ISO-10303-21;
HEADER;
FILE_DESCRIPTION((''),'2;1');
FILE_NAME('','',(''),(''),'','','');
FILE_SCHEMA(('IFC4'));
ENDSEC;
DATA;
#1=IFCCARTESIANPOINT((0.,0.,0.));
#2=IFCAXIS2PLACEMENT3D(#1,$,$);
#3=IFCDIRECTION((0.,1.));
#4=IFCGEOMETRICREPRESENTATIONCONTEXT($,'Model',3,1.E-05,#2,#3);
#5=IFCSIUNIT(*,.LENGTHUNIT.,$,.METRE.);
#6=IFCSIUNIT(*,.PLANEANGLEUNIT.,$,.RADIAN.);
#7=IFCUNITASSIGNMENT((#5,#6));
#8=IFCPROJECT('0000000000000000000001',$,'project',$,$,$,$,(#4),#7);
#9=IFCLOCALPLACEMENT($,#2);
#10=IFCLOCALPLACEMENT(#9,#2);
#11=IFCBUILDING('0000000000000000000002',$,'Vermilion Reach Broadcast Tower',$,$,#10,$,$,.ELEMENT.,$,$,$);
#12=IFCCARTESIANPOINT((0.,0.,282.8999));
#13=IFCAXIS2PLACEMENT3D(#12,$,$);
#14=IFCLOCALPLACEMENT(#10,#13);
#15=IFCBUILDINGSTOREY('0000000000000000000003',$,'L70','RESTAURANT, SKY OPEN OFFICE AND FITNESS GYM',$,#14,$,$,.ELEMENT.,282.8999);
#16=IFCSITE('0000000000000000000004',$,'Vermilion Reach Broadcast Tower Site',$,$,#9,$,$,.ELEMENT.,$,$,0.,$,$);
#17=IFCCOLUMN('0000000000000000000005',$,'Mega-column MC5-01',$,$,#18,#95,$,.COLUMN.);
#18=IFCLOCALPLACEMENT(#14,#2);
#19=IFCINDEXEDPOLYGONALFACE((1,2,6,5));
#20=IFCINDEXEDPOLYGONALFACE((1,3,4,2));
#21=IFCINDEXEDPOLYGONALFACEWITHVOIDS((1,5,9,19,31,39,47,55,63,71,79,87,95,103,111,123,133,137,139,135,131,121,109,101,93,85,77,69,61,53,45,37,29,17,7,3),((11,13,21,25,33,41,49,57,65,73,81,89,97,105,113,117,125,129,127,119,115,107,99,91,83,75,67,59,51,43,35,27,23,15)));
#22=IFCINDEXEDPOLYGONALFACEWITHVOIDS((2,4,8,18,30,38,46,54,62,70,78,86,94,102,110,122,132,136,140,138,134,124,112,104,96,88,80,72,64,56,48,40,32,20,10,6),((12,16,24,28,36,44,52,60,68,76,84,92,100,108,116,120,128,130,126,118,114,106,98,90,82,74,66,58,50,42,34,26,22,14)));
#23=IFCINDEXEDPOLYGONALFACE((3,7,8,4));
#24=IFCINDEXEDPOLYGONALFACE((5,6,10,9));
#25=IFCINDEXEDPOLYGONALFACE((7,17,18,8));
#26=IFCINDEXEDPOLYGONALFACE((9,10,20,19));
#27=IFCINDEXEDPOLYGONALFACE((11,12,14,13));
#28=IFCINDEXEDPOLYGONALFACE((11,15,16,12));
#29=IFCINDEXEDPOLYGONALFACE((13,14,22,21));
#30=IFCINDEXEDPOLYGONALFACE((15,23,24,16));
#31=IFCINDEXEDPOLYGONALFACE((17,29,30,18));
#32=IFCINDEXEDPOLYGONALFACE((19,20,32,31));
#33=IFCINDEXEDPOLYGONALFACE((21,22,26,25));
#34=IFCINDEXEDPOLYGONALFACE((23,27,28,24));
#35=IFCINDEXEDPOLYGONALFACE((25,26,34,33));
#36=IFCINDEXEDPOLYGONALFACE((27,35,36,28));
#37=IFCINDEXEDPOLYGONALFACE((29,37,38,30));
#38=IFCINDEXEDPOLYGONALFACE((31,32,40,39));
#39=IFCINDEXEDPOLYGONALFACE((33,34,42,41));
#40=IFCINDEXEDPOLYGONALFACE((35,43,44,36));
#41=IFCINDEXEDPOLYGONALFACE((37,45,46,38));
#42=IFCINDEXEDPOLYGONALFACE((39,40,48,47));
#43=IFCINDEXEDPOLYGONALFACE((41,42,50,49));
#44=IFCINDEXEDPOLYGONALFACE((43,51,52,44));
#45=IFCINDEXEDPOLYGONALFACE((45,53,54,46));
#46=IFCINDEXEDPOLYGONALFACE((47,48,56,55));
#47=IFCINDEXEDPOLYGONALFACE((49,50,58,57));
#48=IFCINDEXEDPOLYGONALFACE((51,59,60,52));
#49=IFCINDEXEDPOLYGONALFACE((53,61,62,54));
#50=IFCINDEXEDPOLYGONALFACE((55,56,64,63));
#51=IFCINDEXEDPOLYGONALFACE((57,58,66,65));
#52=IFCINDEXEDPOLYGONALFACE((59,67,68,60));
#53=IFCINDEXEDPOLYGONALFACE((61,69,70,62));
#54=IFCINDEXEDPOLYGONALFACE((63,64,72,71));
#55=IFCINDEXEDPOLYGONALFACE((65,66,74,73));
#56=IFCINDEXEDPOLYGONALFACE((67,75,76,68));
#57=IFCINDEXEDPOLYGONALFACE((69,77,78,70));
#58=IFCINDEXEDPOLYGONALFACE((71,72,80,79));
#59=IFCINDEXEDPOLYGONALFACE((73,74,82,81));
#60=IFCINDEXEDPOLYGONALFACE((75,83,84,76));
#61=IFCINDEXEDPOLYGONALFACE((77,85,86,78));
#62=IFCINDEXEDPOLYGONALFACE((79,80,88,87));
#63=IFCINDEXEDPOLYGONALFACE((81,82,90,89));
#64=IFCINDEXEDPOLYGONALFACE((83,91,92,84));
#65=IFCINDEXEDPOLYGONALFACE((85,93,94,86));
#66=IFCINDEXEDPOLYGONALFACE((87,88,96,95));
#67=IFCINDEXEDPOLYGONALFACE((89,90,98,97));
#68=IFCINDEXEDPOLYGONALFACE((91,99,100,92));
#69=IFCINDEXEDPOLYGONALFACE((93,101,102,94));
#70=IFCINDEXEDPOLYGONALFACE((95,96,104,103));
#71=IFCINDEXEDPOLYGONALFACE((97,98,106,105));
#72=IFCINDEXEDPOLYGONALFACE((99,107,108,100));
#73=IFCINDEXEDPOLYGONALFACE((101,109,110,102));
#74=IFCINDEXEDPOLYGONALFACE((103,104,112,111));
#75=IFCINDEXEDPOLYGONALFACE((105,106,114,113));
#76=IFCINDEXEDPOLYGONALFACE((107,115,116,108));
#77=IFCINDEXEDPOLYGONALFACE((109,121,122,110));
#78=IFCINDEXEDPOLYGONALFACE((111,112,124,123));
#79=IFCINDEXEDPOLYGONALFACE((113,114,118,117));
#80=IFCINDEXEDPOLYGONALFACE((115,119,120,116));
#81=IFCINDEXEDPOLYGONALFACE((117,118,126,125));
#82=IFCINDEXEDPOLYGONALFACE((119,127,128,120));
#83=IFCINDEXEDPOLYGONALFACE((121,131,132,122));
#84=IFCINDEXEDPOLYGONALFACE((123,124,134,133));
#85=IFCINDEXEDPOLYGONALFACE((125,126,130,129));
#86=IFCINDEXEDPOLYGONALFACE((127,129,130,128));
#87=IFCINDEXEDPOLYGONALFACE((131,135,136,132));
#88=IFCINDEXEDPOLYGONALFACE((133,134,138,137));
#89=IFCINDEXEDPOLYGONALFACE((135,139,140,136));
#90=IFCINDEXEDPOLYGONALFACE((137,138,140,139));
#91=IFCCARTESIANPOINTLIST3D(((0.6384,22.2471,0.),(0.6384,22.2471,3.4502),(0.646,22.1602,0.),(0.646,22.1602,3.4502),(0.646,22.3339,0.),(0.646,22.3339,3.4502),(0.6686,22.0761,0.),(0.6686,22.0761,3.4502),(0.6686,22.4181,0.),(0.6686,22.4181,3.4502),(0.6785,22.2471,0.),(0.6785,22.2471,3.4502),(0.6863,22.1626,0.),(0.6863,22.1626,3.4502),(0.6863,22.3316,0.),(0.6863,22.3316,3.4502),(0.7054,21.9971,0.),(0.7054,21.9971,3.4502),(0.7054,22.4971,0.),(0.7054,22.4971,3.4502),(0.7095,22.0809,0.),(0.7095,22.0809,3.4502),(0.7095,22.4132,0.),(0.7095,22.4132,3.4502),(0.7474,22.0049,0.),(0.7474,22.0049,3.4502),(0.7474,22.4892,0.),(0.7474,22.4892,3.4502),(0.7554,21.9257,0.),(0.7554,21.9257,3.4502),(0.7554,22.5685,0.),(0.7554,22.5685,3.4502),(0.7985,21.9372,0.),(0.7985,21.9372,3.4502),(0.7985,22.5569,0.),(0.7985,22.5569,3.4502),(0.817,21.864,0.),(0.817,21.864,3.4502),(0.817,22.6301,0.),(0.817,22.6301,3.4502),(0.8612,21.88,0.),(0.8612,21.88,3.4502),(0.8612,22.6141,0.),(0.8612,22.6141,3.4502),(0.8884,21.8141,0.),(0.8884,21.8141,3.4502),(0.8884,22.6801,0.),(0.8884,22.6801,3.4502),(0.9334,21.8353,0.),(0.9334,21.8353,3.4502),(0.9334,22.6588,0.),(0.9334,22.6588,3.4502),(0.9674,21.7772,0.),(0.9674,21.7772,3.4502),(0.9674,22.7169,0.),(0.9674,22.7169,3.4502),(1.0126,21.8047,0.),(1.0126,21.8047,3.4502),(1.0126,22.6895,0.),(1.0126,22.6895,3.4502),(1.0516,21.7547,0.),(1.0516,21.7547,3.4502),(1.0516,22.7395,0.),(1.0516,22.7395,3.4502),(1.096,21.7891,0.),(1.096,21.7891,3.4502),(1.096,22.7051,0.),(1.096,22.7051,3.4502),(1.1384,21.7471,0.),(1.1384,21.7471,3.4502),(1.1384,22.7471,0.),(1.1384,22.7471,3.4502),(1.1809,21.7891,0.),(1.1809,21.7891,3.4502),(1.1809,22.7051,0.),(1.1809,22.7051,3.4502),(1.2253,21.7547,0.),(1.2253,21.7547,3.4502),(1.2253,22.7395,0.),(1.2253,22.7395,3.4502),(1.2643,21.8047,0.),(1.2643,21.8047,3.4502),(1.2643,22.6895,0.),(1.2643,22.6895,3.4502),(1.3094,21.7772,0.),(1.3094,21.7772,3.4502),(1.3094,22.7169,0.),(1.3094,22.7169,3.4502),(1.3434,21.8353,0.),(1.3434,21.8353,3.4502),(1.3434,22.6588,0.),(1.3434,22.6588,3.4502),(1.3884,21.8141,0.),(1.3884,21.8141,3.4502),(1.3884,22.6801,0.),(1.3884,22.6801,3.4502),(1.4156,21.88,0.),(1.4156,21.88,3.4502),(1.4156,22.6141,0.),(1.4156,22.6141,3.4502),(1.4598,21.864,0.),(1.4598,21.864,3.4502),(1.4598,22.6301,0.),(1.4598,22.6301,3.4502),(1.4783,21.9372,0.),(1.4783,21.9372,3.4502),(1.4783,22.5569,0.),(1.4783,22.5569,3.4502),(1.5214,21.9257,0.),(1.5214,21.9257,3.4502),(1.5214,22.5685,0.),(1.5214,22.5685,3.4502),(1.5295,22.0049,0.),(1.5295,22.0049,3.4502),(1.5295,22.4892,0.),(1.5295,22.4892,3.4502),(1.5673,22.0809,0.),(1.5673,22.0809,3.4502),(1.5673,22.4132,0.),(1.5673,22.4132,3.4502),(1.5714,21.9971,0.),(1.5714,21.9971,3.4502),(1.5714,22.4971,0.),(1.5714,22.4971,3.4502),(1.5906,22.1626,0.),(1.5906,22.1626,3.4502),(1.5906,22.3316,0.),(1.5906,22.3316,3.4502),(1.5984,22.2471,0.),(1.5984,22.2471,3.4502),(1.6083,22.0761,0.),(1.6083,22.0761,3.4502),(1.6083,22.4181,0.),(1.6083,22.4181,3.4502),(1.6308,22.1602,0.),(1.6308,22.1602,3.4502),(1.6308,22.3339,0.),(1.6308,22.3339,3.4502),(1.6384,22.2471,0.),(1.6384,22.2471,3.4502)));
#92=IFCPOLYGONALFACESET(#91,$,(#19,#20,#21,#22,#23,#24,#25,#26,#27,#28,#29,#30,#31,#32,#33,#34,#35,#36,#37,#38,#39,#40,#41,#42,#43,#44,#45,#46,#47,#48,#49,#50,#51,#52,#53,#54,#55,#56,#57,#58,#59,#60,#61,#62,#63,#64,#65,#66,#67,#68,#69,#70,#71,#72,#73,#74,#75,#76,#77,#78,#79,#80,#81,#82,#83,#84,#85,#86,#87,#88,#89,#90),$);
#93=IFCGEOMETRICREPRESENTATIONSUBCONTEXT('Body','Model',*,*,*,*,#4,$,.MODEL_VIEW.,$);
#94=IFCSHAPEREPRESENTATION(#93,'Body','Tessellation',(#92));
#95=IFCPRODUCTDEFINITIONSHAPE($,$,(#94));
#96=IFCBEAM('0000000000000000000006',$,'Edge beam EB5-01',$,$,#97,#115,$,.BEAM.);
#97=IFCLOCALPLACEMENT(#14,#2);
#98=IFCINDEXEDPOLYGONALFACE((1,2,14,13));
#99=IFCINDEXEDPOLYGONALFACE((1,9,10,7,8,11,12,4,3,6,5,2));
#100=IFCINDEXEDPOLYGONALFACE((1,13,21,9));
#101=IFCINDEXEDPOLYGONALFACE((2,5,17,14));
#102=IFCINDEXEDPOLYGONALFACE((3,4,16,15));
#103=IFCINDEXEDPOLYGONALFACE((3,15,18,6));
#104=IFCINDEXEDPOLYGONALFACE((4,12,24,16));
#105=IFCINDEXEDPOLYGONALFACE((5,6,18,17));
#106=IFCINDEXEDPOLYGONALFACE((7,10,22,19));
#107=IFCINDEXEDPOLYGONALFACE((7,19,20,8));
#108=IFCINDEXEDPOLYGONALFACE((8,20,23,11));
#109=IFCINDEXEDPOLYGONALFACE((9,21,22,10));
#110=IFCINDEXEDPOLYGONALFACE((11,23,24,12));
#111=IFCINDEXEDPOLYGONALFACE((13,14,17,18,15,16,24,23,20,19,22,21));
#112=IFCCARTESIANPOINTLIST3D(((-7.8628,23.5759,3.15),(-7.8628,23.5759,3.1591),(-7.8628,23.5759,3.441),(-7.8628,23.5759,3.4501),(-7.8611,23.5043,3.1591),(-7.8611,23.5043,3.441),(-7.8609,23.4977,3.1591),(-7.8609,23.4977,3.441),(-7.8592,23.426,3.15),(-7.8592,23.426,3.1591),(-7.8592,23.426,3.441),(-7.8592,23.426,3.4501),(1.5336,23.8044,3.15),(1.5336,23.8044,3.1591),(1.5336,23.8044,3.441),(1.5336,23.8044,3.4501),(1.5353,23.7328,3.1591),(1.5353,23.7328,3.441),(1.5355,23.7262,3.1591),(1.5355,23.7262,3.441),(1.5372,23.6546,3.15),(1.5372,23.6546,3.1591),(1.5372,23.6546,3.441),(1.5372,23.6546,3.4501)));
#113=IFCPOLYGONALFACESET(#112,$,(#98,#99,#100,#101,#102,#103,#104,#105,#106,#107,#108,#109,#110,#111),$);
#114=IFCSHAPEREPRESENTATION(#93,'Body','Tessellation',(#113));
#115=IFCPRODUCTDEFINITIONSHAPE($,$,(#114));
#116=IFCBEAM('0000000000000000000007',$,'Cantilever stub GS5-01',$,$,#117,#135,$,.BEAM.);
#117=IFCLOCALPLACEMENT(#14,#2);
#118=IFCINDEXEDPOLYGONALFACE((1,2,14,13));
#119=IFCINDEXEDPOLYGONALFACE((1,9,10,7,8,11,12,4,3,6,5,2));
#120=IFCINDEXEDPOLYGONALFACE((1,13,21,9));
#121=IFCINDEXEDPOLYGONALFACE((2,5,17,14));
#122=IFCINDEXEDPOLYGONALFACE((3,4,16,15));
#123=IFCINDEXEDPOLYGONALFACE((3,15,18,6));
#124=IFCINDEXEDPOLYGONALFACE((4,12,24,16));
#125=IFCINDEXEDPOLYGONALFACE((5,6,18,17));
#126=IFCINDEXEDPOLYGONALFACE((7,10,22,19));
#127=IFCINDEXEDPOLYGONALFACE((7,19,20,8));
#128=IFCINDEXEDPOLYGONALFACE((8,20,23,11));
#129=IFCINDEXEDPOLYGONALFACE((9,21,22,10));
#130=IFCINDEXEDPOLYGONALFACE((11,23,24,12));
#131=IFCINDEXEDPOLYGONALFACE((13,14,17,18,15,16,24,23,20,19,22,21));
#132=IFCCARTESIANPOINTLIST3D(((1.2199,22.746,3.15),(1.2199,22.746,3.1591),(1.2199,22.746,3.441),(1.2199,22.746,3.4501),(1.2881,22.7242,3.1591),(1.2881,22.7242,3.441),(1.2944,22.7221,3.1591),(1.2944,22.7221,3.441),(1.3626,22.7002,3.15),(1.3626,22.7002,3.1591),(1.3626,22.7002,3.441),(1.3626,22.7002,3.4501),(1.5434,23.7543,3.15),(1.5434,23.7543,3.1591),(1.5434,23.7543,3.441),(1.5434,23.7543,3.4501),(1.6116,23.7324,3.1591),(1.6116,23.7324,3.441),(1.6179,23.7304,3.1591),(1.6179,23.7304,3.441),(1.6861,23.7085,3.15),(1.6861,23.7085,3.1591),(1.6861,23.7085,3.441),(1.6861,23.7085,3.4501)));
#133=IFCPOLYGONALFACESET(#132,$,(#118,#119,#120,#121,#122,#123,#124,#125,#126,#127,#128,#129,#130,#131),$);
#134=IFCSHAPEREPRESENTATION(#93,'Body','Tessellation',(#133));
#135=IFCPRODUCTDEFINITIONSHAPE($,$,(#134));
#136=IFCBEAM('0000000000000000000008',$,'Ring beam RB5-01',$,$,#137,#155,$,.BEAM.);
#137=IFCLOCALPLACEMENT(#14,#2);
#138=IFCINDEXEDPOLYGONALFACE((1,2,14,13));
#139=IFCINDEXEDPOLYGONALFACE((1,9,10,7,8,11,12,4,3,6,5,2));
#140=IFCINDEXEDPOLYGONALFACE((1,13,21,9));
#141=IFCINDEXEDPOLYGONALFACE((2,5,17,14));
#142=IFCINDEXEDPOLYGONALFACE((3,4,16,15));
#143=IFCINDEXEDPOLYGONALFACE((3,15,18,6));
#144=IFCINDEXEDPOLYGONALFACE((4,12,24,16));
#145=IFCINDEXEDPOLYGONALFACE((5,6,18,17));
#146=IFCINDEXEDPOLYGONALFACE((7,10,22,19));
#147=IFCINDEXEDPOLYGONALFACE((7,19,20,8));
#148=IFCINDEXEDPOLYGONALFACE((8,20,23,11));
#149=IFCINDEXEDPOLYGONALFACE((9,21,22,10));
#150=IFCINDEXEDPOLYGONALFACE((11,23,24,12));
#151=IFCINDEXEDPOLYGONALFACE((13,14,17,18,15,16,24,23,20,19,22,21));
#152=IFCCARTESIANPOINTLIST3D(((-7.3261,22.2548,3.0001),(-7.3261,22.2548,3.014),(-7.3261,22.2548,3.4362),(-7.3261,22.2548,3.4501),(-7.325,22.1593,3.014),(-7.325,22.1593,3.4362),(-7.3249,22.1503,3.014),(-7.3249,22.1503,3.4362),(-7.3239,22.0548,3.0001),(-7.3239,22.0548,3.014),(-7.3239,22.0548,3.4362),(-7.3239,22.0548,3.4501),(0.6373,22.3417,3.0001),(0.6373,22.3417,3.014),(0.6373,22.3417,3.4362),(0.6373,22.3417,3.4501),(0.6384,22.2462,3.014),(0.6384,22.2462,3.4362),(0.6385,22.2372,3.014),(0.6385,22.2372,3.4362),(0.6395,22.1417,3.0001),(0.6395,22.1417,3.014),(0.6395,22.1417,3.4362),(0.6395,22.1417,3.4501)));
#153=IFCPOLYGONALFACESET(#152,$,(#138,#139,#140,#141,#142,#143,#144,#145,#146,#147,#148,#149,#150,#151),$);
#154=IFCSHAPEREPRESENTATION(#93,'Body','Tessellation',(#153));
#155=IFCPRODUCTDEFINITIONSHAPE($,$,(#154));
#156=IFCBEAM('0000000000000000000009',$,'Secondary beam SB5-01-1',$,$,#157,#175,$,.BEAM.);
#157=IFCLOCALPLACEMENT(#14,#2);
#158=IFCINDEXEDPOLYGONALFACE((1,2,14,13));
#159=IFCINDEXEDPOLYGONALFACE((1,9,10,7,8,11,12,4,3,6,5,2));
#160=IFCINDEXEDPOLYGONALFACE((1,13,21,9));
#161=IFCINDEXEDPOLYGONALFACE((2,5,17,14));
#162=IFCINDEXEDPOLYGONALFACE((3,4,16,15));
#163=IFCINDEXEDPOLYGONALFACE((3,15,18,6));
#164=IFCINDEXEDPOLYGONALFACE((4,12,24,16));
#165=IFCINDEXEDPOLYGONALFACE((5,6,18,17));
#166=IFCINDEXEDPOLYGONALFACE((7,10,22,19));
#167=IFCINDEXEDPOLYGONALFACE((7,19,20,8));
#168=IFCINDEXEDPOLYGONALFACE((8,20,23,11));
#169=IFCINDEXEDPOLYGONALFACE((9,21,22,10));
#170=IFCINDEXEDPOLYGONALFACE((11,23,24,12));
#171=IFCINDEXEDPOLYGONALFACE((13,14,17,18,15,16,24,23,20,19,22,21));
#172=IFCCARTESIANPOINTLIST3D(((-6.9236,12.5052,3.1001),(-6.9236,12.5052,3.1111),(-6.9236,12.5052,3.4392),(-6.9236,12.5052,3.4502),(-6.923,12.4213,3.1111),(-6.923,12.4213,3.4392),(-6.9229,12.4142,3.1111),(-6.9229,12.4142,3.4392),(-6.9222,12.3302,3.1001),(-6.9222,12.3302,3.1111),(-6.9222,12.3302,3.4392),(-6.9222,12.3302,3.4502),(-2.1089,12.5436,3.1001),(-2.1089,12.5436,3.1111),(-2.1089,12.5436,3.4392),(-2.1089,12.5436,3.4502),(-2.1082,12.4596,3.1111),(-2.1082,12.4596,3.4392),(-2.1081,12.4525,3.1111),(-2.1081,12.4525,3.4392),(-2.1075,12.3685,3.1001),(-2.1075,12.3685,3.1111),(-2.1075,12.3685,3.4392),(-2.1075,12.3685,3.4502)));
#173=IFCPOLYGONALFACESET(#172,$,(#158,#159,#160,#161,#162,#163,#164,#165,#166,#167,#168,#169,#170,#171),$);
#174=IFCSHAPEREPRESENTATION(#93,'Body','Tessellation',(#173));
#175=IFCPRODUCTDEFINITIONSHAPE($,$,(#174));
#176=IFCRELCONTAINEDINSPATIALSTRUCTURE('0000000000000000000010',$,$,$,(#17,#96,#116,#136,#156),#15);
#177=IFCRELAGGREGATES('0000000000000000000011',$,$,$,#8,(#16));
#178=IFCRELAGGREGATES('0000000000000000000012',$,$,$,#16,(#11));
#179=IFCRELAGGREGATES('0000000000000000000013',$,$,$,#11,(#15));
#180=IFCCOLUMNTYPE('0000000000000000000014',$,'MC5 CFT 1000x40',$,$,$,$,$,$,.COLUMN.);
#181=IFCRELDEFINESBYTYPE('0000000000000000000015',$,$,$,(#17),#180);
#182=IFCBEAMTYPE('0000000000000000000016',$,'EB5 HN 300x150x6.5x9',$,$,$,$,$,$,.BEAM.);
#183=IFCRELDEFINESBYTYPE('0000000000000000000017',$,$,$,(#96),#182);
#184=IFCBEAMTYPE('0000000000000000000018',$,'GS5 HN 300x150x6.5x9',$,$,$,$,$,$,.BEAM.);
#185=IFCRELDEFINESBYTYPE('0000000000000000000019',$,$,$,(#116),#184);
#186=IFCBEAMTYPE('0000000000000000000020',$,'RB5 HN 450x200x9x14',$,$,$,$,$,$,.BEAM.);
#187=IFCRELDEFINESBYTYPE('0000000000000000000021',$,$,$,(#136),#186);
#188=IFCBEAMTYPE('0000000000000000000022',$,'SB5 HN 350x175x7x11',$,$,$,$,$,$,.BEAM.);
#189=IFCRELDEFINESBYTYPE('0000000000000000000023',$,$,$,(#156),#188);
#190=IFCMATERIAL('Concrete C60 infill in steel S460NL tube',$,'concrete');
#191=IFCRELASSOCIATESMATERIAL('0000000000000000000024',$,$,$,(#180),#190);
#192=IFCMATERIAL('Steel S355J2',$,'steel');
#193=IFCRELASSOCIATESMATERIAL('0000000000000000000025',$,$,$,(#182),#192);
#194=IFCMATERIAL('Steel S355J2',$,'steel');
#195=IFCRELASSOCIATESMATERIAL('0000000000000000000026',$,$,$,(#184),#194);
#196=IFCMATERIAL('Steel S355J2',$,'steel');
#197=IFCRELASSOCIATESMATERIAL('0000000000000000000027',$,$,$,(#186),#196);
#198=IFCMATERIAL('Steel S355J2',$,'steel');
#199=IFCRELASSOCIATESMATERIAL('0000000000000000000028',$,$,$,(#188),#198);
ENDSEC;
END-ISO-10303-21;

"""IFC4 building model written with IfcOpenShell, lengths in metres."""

from ifc_helpers import new_model, si_unit, direction, frame, origin, origin_2d, place, context, subcontext, project, spatial, hollow_circle, i_section, extrude, material, material_profile, profile_set, type_object, element, save


model = new_model("IFC4")

# Units and contexts
model_context = context("Model", 3, precision=1e-05, world=origin(), true_north=direction((0.0, 1.0)))
body_context = subcontext(model_context, "Body", "Model", "MODEL_VIEW")
ifc_project = project(units=[si_unit("LENGTHUNIT", "METRE"), si_unit("PLANEANGLEUNIT", "RADIAN")], contexts=[model_context])

# Site, building, storey
site_placement = place(None, origin())
site = spatial("IfcSite", under=ifc_project, at=site_placement, Name="Vermilion Reach Broadcast Tower Site", CompositionType="ELEMENT", RefElevation=0.0)
building_placement = place(site_placement, origin())
building = spatial("IfcBuilding", under=site, at=building_placement, Name="Vermilion Reach Broadcast Tower", CompositionType="ELEMENT")
storey_placement = place(building_placement, frame((0.0, 0.0, 282.8999)))
storey = spatial("IfcBuildingStorey", under=building, at=storey_placement, Name="L70", Description="RESTAURANT, SKY OPEN OFFICE AND FITNESS GYM", CompositionType="ELEMENT", Elevation=282.8999)

# Column
ifc_material_1 = material(Name="Concrete C60 infill in steel S460NL tube", Category="concrete")
ifc_material_profile_1 = material_profile(ifc_material_1, hollow_circle(Radius=0.5, WallThickness=0.04, at=origin_2d()), Name="Concrete C60 infill in steel S460NL tube CFT 1000x40")
ifc_profile_set_1 = profile_set([ifc_material_profile_1], Name="Concrete C60 infill in steel S460NL tube")
column_type = type_object("IfcColumnType", Name="MC5 CFT 1000x40", PredefinedType="COLUMN", material=ifc_profile_set_1)
column_placement = place(storey_placement, frame((1.1384, 22.2471, 0.0), z_axis=(0.0, 0.0, 1.0), x_axis=(1.0, 0.0, 0.0)))
element("IfcColumn", 1, at=column_placement, inside=storey, type_object=column_type, Name="Mega-column MC5-01", PredefinedType="COLUMN", context=body_context, shape_type="SweptSolid", body=[
    extrude(hollow_circle(Radius=0.5, WallThickness=0.04, at=origin_2d()), origin(), (0.0, 0.0, 1.0), 3.4502),
])

# Beams
ifc_material_2 = material(Name="Steel S355J2", Category="steel")
ifc_material_profile_2 = material_profile(ifc_material_2, i_section(OverallWidth=0.1499, OverallDepth=0.3, WebThickness=0.0066, FlangeThickness=0.009, at=origin_2d()), Name="S355J2 HN 300x150x6.5x9")
ifc_profile_set_2 = profile_set([ifc_material_profile_2], Name="Steel S355J2")
beam_type_1 = type_object("IfcBeamType", Name="EB5 HN 300x150x6.5x9", PredefinedType="BEAM", material=ifc_profile_set_2)
beam_1_placement = place(storey_placement, frame((1.5354, 23.7295, 3.3), z_axis=(-0.999704, -0.024312, 0.0), x_axis=(0.024312, -0.999704, 0.0)))
element("IfcBeam", 2, at=beam_1_placement, inside=storey, type_object=beam_type_1, Name="Edge beam EB5-01", PredefinedType="BEAM", context=body_context, shape_type="SweptSolid", body=[
    extrude(i_section(OverallWidth=0.1499, OverallDepth=0.3, WebThickness=0.0066, FlangeThickness=0.009, at=origin_2d()), origin(), (0.0, 0.0, 1.0), 9.3992),
])
ifc_material_3 = material(Name="Steel S355J2", Category="steel")
ifc_material_profile_3 = material_profile(ifc_material_3, i_section(OverallWidth=0.1499, OverallDepth=0.3, WebThickness=0.0066, FlangeThickness=0.009, at=origin_2d()), Name="S355J2 HN 300x150x6.5x9")
ifc_profile_set_3 = profile_set([ifc_material_profile_3], Name="Steel S355J2")
beam_type_2 = type_object("IfcBeamType", Name="GS5 HN 300x150x6.5x9", PredefinedType="BEAM", material=ifc_profile_set_3)
beam_2_placement = place(storey_placement, frame((1.2913, 22.7231, 3.3), z_axis=(0.305487, 0.952196, 0.0), x_axis=(-0.952196, 0.305487, 0.0)))
element("IfcBeam", 3, at=beam_2_placement, inside=storey, type_object=beam_type_2, Name="Cantilever stub GS5-01", PredefinedType="BEAM", context=body_context, shape_type="SweptSolid", body=[
    extrude(i_section(OverallWidth=0.1499, OverallDepth=0.3, WebThickness=0.0066, FlangeThickness=0.009, at=origin_2d()), origin(), (0.0, 0.0, 1.0), 1.0588),
])
ifc_material_4 = material(Name="Steel S355J2", Category="steel")
ifc_material_profile_4 = material_profile(ifc_material_4, i_section(OverallWidth=0.2, OverallDepth=0.45, WebThickness=0.009, FlangeThickness=0.0139, at=origin_2d()), Name="S355J2 HN 450x200x9x14")
ifc_profile_set_4 = profile_set([ifc_material_profile_4], Name="Steel S355J2")
beam_type_3 = type_object("IfcBeamType", Name="RB5 HN 450x200x9x14", PredefinedType="BEAM", material=ifc_profile_set_4)
beam_3_placement = place(storey_placement, frame((0.6384, 22.2417, 3.2251), z_axis=(-0.99994, -0.010914, 0.0), x_axis=(0.010914, -0.99994, 0.0)))
element("IfcBeam", 4, at=beam_3_placement, inside=storey, type_object=beam_type_3, Name="Ring beam RB5-01", PredefinedType="BEAM", context=body_context, shape_type="SweptSolid", body=[
    extrude(i_section(OverallWidth=0.2, OverallDepth=0.45, WebThickness=0.009, FlangeThickness=0.0139, at=origin_2d()), origin(), (0.0, 0.0, 1.0), 7.9639),
])
ifc_material_5 = material(Name="Steel S355J2", Category="steel")
ifc_material_profile_5 = material_profile(ifc_material_5, i_section(OverallWidth=0.175, OverallDepth=0.3501, WebThickness=0.0071, FlangeThickness=0.011, at=origin_2d()), Name="S355J2 HN 350x175x7x11")
ifc_profile_set_5 = profile_set([ifc_material_profile_5], Name="Steel S355J2")
beam_type_4 = type_object("IfcBeamType", Name="SB5 HN 350x175x7x11", PredefinedType="BEAM", material=ifc_profile_set_5)
beam_4_placement = place(storey_placement, frame((-2.1082, 12.4561, 3.2751), z_axis=(-0.999968, -0.007961, 0.0), x_axis=(0.007961, -0.999968, 0.0)))
element("IfcBeam", 5, at=beam_4_placement, inside=storey, type_object=beam_type_4, Name="Secondary beam SB5-01-1", PredefinedType="BEAM", context=body_context, shape_type="SweptSolid", body=[
    extrude(i_section(OverallWidth=0.175, OverallDepth=0.3501, WebThickness=0.0071, FlangeThickness=0.011, at=origin_2d()), origin(), (0.0, 0.0, 1.0), 4.8149),
])

save(model, "model.ifc")
